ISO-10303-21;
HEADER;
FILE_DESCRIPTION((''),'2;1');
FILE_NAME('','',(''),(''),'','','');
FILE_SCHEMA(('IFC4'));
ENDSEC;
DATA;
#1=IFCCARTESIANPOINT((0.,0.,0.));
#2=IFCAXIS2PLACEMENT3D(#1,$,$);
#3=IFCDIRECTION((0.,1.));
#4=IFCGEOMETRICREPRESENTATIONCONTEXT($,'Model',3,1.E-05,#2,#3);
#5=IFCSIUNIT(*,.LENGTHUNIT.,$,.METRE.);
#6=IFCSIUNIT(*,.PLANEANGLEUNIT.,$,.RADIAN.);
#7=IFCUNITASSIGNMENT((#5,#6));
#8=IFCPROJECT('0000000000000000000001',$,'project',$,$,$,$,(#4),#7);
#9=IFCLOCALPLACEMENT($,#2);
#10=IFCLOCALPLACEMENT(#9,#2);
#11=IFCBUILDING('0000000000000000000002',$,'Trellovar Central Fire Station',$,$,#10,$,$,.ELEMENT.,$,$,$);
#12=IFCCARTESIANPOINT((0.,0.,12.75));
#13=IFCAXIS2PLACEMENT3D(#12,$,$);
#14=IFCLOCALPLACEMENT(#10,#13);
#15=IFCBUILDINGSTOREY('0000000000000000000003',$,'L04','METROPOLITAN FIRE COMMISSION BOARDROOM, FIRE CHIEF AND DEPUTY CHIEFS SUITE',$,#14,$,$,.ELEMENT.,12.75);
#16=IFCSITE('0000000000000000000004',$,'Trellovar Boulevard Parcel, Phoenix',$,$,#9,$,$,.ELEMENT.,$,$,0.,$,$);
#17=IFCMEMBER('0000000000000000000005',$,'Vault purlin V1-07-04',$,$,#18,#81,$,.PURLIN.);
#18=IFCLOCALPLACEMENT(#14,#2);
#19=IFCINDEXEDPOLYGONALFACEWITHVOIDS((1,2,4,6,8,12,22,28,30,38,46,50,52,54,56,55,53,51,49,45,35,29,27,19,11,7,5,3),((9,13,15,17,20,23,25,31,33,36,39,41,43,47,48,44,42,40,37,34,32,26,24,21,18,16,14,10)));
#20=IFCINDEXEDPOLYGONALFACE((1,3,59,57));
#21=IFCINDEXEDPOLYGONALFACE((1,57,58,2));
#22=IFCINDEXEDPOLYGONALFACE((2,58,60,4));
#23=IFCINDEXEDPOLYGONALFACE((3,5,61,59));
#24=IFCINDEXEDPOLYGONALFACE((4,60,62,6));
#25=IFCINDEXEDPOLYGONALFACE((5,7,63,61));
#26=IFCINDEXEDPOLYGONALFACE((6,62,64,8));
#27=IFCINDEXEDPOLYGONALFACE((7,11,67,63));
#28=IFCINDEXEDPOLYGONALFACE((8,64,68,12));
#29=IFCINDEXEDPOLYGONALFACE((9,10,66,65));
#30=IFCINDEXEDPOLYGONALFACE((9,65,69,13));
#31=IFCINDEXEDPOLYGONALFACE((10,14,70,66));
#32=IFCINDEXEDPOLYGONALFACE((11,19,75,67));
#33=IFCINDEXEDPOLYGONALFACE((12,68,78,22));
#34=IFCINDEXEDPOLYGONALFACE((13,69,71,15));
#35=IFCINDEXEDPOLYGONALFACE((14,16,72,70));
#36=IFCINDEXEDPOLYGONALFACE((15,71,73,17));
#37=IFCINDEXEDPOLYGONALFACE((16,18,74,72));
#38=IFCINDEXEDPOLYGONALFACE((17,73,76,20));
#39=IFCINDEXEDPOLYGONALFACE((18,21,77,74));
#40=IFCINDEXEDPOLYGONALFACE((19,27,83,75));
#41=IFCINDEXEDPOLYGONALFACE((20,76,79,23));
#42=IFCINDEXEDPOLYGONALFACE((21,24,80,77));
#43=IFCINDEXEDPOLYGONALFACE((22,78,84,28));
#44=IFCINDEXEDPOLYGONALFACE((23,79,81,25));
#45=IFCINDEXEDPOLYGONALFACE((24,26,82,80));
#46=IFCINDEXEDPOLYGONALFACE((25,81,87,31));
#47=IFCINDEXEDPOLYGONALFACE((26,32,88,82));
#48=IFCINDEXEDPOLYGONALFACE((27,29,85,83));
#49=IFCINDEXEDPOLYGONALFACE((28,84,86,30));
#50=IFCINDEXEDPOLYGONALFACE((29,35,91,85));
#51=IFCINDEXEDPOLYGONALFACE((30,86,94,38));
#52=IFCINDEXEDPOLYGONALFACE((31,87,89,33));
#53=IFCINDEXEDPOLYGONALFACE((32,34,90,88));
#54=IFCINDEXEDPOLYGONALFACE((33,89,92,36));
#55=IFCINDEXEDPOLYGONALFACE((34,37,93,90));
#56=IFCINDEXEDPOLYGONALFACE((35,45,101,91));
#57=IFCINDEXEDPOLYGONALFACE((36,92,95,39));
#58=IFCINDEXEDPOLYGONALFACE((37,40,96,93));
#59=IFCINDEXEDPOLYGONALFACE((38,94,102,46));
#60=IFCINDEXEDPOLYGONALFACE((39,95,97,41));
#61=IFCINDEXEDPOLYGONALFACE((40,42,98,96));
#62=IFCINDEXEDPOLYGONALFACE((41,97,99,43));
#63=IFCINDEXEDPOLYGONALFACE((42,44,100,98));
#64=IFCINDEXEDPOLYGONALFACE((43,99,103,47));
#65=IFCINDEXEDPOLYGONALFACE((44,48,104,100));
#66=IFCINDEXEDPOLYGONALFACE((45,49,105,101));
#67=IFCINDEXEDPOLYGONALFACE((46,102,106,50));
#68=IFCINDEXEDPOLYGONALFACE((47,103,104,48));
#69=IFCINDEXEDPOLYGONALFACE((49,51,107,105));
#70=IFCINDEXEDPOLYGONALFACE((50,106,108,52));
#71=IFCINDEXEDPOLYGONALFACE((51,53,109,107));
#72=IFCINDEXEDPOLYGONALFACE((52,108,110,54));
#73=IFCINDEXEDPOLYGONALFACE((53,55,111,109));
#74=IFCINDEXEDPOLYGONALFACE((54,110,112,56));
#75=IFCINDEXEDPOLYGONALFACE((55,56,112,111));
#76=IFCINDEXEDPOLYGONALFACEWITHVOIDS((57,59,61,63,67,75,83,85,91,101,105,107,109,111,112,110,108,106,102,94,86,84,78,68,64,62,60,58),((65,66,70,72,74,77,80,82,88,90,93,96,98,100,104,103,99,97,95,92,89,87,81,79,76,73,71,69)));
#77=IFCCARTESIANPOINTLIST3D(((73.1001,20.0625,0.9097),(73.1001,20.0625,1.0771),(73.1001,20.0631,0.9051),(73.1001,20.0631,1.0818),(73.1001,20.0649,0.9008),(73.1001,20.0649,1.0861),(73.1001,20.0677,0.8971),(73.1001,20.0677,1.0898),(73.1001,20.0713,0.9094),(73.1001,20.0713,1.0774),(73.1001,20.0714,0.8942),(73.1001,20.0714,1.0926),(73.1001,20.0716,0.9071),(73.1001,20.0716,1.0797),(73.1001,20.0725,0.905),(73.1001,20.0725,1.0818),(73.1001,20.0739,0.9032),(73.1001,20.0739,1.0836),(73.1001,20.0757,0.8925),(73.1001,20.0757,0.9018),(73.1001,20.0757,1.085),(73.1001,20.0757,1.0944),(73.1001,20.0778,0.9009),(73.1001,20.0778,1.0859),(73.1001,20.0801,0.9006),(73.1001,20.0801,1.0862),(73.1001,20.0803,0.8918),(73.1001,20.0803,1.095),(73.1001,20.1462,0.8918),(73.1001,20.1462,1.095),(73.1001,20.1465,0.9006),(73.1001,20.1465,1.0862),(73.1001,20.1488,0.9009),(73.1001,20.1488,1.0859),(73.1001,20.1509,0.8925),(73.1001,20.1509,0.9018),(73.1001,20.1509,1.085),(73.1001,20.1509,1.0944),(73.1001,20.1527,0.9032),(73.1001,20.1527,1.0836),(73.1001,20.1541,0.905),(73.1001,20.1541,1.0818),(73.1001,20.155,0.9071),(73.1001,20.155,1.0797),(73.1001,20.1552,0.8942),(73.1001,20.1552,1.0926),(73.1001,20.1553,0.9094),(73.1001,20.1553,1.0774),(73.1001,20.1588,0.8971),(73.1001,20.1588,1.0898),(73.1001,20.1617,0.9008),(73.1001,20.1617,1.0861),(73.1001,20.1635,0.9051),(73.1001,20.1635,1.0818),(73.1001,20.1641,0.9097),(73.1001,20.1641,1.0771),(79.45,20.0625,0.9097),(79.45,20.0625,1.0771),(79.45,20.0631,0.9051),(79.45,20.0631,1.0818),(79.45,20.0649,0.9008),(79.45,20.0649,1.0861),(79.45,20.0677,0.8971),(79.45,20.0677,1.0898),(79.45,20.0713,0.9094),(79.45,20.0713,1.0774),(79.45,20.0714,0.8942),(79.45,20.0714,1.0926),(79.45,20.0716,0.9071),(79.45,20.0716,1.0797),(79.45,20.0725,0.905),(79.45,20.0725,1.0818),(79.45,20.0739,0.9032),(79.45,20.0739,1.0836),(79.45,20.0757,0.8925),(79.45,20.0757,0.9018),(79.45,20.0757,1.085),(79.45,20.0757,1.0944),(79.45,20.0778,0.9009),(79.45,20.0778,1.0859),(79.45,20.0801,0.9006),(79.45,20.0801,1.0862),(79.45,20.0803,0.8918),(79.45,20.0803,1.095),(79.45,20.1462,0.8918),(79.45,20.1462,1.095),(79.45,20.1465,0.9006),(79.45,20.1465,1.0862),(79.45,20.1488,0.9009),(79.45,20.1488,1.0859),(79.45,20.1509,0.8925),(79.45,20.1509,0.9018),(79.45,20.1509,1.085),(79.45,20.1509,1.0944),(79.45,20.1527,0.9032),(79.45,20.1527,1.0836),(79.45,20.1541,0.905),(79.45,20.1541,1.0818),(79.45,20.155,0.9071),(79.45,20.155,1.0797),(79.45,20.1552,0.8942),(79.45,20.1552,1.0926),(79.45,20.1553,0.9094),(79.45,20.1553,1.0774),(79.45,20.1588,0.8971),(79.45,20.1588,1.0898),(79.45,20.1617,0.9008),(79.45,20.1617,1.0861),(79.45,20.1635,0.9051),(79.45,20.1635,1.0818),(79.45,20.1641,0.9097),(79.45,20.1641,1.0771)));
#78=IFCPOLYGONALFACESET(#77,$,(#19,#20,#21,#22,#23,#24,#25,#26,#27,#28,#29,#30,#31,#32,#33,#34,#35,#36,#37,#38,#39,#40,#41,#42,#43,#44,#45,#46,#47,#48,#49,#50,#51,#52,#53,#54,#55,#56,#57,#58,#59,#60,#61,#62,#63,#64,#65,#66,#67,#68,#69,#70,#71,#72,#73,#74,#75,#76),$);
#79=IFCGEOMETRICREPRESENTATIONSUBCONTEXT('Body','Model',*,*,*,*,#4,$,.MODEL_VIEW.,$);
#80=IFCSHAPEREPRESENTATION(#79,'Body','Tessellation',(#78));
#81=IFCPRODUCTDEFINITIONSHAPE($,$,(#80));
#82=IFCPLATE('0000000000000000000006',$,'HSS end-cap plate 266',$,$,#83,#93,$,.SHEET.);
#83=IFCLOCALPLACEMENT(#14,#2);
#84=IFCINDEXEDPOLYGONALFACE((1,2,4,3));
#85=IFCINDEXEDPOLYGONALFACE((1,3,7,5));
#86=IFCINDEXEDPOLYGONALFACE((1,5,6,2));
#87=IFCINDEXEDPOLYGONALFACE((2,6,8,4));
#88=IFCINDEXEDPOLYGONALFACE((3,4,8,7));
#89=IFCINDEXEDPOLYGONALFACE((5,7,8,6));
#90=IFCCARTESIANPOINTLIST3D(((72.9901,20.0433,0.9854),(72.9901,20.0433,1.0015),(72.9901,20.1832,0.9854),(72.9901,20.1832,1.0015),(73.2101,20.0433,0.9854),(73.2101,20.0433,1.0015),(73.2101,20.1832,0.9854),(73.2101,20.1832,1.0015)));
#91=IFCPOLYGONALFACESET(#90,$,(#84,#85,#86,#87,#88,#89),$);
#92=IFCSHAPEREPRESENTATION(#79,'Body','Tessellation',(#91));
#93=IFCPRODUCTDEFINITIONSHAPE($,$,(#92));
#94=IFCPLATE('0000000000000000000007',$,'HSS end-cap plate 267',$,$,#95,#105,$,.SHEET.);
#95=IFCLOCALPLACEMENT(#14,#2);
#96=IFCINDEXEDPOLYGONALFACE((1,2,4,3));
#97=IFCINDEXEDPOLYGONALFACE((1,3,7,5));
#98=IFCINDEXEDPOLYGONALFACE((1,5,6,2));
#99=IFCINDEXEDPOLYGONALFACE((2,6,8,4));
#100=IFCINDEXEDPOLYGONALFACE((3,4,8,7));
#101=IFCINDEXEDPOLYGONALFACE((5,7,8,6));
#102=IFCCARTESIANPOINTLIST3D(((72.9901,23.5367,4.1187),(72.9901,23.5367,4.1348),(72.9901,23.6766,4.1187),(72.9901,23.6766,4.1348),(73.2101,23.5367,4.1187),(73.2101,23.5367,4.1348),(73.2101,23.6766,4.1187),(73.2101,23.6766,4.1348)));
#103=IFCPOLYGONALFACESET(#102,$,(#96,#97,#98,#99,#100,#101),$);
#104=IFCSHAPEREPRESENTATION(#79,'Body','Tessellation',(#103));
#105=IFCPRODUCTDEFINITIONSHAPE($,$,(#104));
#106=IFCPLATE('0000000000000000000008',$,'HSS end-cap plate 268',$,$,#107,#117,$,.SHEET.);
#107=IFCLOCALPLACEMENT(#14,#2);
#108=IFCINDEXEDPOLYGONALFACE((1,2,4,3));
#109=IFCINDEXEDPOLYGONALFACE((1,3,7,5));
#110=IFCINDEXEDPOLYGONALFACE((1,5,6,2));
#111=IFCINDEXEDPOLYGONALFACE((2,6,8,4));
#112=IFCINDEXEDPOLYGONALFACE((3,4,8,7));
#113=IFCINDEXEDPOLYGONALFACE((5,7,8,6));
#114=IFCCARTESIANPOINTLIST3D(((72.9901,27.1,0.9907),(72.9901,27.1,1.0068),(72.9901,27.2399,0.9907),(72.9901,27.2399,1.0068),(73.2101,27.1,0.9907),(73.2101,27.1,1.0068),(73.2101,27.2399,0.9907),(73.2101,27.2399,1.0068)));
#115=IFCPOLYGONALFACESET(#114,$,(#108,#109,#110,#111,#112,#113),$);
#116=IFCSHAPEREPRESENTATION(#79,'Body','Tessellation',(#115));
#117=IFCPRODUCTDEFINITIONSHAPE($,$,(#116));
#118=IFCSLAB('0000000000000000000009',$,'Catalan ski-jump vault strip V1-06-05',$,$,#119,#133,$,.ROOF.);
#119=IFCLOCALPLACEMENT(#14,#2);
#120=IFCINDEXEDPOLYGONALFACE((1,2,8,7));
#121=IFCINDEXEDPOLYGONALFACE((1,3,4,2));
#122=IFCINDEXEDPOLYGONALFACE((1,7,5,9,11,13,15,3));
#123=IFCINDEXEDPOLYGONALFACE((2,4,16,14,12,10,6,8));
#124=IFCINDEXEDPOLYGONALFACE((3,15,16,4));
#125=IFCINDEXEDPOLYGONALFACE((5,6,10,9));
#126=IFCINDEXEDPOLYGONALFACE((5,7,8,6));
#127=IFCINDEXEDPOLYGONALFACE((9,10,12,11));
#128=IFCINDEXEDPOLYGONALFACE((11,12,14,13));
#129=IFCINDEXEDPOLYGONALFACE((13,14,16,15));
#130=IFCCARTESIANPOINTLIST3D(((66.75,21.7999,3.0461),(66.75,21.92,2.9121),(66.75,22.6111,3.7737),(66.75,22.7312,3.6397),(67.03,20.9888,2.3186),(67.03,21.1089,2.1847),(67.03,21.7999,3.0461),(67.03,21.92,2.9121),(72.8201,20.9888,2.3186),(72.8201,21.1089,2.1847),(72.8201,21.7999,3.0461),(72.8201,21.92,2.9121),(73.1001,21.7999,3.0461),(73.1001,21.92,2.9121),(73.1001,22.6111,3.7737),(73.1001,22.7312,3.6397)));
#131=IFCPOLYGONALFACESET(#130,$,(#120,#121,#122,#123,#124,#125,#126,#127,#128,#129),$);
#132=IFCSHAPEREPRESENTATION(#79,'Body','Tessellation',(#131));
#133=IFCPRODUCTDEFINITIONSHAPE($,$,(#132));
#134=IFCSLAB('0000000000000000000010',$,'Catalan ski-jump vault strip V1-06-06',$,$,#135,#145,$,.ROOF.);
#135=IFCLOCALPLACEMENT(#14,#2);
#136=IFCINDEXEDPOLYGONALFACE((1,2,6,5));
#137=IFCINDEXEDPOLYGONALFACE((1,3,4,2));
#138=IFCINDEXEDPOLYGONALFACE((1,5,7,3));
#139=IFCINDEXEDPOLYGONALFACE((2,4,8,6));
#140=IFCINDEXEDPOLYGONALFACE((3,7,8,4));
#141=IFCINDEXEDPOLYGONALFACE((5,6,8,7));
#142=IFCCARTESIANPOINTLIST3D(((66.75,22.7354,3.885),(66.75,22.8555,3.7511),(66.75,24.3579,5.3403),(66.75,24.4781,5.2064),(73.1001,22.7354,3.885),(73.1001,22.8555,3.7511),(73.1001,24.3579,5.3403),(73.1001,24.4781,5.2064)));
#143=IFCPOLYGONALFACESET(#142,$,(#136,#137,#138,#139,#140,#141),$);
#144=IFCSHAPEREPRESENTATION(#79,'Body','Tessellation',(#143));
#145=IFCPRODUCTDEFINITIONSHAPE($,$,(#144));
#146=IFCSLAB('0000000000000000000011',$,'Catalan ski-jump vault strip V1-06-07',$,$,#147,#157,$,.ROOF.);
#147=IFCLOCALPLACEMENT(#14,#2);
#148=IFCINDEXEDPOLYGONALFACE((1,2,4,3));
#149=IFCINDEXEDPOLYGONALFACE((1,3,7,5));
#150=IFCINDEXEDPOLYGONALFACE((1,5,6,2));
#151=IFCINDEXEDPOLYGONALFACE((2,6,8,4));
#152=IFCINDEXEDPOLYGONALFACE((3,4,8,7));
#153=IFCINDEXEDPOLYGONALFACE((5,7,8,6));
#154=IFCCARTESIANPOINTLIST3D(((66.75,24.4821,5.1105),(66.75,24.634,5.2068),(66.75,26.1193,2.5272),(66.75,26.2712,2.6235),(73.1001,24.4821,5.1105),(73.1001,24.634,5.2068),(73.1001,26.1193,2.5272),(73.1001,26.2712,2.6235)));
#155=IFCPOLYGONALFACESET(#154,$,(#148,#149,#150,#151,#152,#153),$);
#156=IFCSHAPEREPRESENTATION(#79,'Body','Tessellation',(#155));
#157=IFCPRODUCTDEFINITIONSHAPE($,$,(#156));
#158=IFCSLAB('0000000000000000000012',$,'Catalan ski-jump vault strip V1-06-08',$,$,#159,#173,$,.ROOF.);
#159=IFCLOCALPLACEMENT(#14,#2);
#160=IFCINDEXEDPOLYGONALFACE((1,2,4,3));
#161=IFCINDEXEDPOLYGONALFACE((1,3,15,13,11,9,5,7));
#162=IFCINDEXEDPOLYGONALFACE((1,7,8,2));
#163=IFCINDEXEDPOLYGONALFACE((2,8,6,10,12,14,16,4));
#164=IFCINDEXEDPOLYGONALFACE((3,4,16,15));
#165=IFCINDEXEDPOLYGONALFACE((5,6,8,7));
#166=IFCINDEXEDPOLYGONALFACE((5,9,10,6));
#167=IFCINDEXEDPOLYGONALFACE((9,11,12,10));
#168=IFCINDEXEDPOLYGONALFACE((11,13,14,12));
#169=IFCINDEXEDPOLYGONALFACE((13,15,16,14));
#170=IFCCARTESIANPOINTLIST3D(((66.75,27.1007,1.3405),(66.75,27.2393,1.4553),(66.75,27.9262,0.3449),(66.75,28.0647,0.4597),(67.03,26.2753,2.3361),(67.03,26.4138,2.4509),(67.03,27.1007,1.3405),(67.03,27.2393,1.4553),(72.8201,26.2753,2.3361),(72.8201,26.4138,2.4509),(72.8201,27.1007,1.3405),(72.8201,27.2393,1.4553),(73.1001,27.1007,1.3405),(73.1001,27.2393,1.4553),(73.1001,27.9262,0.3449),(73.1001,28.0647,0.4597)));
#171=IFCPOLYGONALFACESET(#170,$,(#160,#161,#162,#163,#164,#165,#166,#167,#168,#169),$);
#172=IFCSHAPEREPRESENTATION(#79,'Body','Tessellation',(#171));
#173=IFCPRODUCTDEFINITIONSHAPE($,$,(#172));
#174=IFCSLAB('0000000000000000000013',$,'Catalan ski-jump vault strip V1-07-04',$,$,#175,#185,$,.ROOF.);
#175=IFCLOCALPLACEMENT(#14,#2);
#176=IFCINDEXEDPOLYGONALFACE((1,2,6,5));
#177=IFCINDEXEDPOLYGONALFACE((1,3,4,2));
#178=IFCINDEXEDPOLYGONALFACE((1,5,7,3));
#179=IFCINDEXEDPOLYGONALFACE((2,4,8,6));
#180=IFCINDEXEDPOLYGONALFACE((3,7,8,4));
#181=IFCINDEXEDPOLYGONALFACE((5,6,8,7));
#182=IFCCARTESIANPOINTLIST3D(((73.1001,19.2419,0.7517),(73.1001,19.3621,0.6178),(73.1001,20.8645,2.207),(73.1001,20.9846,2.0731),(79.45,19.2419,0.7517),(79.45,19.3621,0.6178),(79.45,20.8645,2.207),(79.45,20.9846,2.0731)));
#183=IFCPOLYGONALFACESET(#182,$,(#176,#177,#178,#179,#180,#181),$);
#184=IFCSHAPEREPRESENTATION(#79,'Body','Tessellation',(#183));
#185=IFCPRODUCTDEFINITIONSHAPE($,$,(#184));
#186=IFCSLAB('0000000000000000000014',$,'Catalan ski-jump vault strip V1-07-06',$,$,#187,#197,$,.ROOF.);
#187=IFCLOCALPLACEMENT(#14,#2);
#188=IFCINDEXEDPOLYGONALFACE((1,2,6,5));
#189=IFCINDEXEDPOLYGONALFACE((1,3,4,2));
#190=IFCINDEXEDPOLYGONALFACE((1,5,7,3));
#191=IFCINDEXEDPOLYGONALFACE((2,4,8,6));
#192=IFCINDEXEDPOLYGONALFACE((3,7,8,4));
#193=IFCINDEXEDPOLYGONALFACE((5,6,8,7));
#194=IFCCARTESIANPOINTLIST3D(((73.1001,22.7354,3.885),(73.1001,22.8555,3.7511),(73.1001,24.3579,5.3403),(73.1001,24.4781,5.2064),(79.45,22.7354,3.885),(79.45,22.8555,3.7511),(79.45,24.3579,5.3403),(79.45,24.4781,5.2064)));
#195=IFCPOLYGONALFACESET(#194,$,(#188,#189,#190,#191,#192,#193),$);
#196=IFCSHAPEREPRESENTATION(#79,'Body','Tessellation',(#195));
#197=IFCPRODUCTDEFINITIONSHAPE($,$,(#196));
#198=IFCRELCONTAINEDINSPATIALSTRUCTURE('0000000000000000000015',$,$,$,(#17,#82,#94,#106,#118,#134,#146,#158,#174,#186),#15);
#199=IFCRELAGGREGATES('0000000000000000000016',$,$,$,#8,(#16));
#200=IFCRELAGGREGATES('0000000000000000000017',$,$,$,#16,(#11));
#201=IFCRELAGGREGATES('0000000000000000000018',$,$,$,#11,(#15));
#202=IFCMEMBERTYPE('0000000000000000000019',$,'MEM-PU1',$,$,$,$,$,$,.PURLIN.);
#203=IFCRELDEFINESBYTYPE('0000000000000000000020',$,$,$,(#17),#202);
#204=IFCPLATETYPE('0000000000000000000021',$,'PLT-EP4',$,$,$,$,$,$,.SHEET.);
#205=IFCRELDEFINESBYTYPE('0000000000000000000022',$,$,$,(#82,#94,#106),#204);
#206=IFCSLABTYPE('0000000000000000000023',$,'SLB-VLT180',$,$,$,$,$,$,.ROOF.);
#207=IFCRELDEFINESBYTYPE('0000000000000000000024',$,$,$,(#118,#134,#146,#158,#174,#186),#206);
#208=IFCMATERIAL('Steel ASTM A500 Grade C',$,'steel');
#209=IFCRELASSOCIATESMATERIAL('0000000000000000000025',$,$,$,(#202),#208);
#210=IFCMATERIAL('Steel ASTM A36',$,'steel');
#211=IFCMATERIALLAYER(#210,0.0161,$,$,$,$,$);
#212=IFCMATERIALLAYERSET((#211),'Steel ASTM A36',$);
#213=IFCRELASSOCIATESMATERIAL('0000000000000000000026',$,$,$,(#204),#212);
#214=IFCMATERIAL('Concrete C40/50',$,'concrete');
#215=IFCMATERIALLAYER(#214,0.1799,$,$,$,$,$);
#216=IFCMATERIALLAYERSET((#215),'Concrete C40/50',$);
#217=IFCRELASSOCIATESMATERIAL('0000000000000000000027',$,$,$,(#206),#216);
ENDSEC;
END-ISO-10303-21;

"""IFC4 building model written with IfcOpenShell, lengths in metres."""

from ifc_helpers import new_model, si_unit, direction, frame, origin, origin_2d, place, context, subcontext, project, spatial, polyline, rectangle, hollow_rectangle, outline, extrude, material, layer, layer_set, material_profile, profile_set, type_object, element, save


model = new_model("IFC4")

# Units and contexts
model_context = context("Model", 3, precision=1e-05, world=origin(), true_north=direction((0.0, 1.0)))
body_context = subcontext(model_context, "Body", "Model", "MODEL_VIEW")
ifc_project = project(units=[si_unit("LENGTHUNIT", "METRE"), si_unit("PLANEANGLEUNIT", "RADIAN")], contexts=[model_context])

# Site, building, storey
site_placement = place(None, origin())
site = spatial("IfcSite", under=ifc_project, at=site_placement, Name="Trellovar Boulevard Parcel, Phoenix", CompositionType="ELEMENT", RefElevation=0.0)
building_placement = place(site_placement, origin())
building = spatial("IfcBuilding", under=site, at=building_placement, Name="Trellovar Central Fire Station", CompositionType="ELEMENT")
storey_placement = place(building_placement, frame((0.0, 0.0, 12.75)))
storey = spatial("IfcBuildingStorey", under=building, at=storey_placement, Name="L04", Description="METROPOLITAN FIRE COMMISSION BOARDROOM, FIRE CHIEF AND DEPUTY CHIEFS SUITE", CompositionType="ELEMENT", Elevation=12.75)

# Member
ifc_material_1 = material(Name="Steel ASTM A500 Grade C", Category="steel")
ifc_material_profile_1 = material_profile(ifc_material_1, hollow_rectangle(XDim=0.1016, YDim=0.2031, WallThickness=0.0088, InnerFilletRadius=0.0088, OuterFilletRadius=0.0178, at=origin_2d()), Name="HSS8X4X3/8")
ifc_profile_set_1 = profile_set([ifc_material_profile_1], Name="Steel ASTM A500 Grade C")
member_type_1 = type_object("IfcMemberType", Name="MEM-PU1", PredefinedType="PURLIN", material=ifc_profile_set_1)
member_1_placement = place(storey_placement, frame((73.1001, 20.1133, 0.9934), z_axis=(1.0, 0.0, 0.0), x_axis=(0.0, 1.0, 0.0)))
element("IfcMember", 1, at=member_1_placement, inside=storey, type_object=member_type_1, Name="Vault purlin V1-07-04", PredefinedType="PURLIN", context=body_context, shape_type="SweptSolid", body=[
    extrude(hollow_rectangle(XDim=0.1016, YDim=0.2031, WallThickness=0.0088, InnerFilletRadius=0.0088, OuterFilletRadius=0.0178, at=origin_2d()), origin(), (0.0, 0.0, 1.0), 6.3499),
])

# Plates
ifc_material_2 = material(Name="Steel ASTM A36", Category="steel")
ifc_layer_1 = layer(ifc_material_2, 0.0161)
ifc_layer_set_1 = layer_set([ifc_layer_1], Name="Steel ASTM A36")
plate_type = type_object("IfcPlateType", Name="PLT-EP4", PredefinedType="SHEET", material=ifc_layer_set_1)
for number, where, z_axis, x_axis, name in (
    (2, (73.1001, 20.1133, 0.9854), (0.0, 0.0, 1.0), (1.0, 0.0, 0.0), "HSS end-cap plate 266"),
    (3, (73.1001, 23.6067, 4.1187), (0.0, 0.0, 1.0), (1.0, 0.0, 0.0), "HSS end-cap plate 267"),
    (4, (73.1001, 27.1699, 0.9907), (0.0, 0.0, 1.0), (1.0, 0.0, 0.0), "HSS end-cap plate 268"),
):
    element("IfcPlate", number, at=place(storey_placement, frame(where, z_axis=z_axis, x_axis=x_axis)), inside=storey, type_object=plate_type, Name=name, PredefinedType="SHEET", context=body_context, shape_type="SweptSolid", body=[
        extrude(rectangle(XDim=0.22, YDim=0.1399, at=origin_2d()), origin(), (0.0, 0.0, 1.0), 0.0161),
    ])

# Slabs
ifc_material_3 = material(Name="Concrete C40/50", Category="concrete")
ifc_layer_2 = layer(ifc_material_3, 0.1799)
ifc_layer_set_2 = layer_set([ifc_layer_2], Name="Concrete C40/50")
slab_type = type_object("IfcSlabType", Name="SLB-VLT180", PredefinedType="ROOF", material=ifc_layer_set_2)
slab_1_placement = place(storey_placement, frame((67.03, 20.9888, 2.3186), z_axis=(0.0, -0.667692, 0.744437), x_axis=(1.0, 0.0, 0.0)))
element("IfcSlab", 5, at=slab_1_placement, inside=storey, type_object=slab_type, Name="Catalan ski-jump vault strip V1-06-05", PredefinedType="ROOF", context=body_context, shape_type="SweptSolid", body=[
    extrude(outline(polyline([(0.0, 0.0), (5.79, 0.0), (5.79, 1.0895), (6.0701, 1.0895), (6.0701, 2.1793), (-0.28, 2.1793), (-0.28, 1.0895), (0.0, 1.0895), (0.0, 0.0)])), origin(), (0.0, 0.0, -1.0), 0.1799),
])
slab_2_placement = place(storey_placement, frame((66.75, 22.7354, 3.885), z_axis=(0.0, -0.667701, 0.744429), x_axis=(1.0, 0.0, 0.0)))
element("IfcSlab", 6, at=slab_2_placement, inside=storey, type_object=slab_type, Name="Catalan ski-jump vault strip V1-06-06", PredefinedType="ROOF", context=body_context, shape_type="SweptSolid", body=[
    extrude(outline(polyline([(0.0, 0.0), (6.3501, 0.0), (6.3501, 2.1796), (0.0, 2.1796), (0.0, 0.0)])), origin(), (0.0, 0.0, -1.0), 0.1799),
])
slab_3_placement = place(storey_placement, frame((66.75, 24.634, 5.2068), z_axis=(0.0, 0.844649, 0.53532), x_axis=(1.0, 0.0, 0.0)))
element("IfcSlab", 7, at=slab_3_placement, inside=storey, type_object=slab_type, Name="Catalan ski-jump vault strip V1-06-07", PredefinedType="ROOF", context=body_context, shape_type="SweptSolid", body=[
    extrude(outline(polyline([(0.0, 0.0), (6.3501, 0.0), (6.3501, 3.0584), (0.0, 3.0584), (0.0, 0.0)])), origin(), (0.0, 0.0, -1.0), 0.1799),
])
slab_4_placement = place(storey_placement, frame((67.03, 26.4138, 2.4509), z_axis=(0.0, 0.769828, 0.638251), x_axis=(1.0, 0.0, 0.0)))
element("IfcSlab", 8, at=slab_4_placement, inside=storey, type_object=slab_type, Name="Catalan ski-jump vault strip V1-06-08", PredefinedType="ROOF", context=body_context, shape_type="SweptSolid", body=[
    extrude(outline(polyline([(0.0, 0.0), (5.79, 0.0), (5.79, 1.2933), (6.0701, 1.2933), (6.0701, 2.5866), (-0.28, 2.5866), (-0.28, 1.2933), (0.0, 1.2933), (0.0, 0.0)])), origin(), (0.0, 0.0, -1.0), 0.1799),
])
for number, where, z_axis, x_axis, name in (
    (9, (73.1001, 19.2419, 0.7517), (0.0, -0.667701, 0.744429), (1.0, 0.0, 0.0), "Catalan ski-jump vault strip V1-07-04"),
    (10, (73.1001, 22.7354, 3.885), (0.0, -0.667701, 0.744429), (1.0, 0.0, 0.0), "Catalan ski-jump vault strip V1-07-06"),
):
    element("IfcSlab", number, at=place(storey_placement, frame(where, z_axis=z_axis, x_axis=x_axis)), inside=storey, type_object=slab_type, Name=name, PredefinedType="ROOF", context=body_context, shape_type="SweptSolid", body=[
        extrude(outline(polyline([(0.0, 0.0), (6.3499, 0.0), (6.3499, 2.1796), (0.0, 2.1796), (0.0, 0.0)])), origin(), (0.0, 0.0, -1.0), 0.1799),
    ])

save(model, "model.ifc")
